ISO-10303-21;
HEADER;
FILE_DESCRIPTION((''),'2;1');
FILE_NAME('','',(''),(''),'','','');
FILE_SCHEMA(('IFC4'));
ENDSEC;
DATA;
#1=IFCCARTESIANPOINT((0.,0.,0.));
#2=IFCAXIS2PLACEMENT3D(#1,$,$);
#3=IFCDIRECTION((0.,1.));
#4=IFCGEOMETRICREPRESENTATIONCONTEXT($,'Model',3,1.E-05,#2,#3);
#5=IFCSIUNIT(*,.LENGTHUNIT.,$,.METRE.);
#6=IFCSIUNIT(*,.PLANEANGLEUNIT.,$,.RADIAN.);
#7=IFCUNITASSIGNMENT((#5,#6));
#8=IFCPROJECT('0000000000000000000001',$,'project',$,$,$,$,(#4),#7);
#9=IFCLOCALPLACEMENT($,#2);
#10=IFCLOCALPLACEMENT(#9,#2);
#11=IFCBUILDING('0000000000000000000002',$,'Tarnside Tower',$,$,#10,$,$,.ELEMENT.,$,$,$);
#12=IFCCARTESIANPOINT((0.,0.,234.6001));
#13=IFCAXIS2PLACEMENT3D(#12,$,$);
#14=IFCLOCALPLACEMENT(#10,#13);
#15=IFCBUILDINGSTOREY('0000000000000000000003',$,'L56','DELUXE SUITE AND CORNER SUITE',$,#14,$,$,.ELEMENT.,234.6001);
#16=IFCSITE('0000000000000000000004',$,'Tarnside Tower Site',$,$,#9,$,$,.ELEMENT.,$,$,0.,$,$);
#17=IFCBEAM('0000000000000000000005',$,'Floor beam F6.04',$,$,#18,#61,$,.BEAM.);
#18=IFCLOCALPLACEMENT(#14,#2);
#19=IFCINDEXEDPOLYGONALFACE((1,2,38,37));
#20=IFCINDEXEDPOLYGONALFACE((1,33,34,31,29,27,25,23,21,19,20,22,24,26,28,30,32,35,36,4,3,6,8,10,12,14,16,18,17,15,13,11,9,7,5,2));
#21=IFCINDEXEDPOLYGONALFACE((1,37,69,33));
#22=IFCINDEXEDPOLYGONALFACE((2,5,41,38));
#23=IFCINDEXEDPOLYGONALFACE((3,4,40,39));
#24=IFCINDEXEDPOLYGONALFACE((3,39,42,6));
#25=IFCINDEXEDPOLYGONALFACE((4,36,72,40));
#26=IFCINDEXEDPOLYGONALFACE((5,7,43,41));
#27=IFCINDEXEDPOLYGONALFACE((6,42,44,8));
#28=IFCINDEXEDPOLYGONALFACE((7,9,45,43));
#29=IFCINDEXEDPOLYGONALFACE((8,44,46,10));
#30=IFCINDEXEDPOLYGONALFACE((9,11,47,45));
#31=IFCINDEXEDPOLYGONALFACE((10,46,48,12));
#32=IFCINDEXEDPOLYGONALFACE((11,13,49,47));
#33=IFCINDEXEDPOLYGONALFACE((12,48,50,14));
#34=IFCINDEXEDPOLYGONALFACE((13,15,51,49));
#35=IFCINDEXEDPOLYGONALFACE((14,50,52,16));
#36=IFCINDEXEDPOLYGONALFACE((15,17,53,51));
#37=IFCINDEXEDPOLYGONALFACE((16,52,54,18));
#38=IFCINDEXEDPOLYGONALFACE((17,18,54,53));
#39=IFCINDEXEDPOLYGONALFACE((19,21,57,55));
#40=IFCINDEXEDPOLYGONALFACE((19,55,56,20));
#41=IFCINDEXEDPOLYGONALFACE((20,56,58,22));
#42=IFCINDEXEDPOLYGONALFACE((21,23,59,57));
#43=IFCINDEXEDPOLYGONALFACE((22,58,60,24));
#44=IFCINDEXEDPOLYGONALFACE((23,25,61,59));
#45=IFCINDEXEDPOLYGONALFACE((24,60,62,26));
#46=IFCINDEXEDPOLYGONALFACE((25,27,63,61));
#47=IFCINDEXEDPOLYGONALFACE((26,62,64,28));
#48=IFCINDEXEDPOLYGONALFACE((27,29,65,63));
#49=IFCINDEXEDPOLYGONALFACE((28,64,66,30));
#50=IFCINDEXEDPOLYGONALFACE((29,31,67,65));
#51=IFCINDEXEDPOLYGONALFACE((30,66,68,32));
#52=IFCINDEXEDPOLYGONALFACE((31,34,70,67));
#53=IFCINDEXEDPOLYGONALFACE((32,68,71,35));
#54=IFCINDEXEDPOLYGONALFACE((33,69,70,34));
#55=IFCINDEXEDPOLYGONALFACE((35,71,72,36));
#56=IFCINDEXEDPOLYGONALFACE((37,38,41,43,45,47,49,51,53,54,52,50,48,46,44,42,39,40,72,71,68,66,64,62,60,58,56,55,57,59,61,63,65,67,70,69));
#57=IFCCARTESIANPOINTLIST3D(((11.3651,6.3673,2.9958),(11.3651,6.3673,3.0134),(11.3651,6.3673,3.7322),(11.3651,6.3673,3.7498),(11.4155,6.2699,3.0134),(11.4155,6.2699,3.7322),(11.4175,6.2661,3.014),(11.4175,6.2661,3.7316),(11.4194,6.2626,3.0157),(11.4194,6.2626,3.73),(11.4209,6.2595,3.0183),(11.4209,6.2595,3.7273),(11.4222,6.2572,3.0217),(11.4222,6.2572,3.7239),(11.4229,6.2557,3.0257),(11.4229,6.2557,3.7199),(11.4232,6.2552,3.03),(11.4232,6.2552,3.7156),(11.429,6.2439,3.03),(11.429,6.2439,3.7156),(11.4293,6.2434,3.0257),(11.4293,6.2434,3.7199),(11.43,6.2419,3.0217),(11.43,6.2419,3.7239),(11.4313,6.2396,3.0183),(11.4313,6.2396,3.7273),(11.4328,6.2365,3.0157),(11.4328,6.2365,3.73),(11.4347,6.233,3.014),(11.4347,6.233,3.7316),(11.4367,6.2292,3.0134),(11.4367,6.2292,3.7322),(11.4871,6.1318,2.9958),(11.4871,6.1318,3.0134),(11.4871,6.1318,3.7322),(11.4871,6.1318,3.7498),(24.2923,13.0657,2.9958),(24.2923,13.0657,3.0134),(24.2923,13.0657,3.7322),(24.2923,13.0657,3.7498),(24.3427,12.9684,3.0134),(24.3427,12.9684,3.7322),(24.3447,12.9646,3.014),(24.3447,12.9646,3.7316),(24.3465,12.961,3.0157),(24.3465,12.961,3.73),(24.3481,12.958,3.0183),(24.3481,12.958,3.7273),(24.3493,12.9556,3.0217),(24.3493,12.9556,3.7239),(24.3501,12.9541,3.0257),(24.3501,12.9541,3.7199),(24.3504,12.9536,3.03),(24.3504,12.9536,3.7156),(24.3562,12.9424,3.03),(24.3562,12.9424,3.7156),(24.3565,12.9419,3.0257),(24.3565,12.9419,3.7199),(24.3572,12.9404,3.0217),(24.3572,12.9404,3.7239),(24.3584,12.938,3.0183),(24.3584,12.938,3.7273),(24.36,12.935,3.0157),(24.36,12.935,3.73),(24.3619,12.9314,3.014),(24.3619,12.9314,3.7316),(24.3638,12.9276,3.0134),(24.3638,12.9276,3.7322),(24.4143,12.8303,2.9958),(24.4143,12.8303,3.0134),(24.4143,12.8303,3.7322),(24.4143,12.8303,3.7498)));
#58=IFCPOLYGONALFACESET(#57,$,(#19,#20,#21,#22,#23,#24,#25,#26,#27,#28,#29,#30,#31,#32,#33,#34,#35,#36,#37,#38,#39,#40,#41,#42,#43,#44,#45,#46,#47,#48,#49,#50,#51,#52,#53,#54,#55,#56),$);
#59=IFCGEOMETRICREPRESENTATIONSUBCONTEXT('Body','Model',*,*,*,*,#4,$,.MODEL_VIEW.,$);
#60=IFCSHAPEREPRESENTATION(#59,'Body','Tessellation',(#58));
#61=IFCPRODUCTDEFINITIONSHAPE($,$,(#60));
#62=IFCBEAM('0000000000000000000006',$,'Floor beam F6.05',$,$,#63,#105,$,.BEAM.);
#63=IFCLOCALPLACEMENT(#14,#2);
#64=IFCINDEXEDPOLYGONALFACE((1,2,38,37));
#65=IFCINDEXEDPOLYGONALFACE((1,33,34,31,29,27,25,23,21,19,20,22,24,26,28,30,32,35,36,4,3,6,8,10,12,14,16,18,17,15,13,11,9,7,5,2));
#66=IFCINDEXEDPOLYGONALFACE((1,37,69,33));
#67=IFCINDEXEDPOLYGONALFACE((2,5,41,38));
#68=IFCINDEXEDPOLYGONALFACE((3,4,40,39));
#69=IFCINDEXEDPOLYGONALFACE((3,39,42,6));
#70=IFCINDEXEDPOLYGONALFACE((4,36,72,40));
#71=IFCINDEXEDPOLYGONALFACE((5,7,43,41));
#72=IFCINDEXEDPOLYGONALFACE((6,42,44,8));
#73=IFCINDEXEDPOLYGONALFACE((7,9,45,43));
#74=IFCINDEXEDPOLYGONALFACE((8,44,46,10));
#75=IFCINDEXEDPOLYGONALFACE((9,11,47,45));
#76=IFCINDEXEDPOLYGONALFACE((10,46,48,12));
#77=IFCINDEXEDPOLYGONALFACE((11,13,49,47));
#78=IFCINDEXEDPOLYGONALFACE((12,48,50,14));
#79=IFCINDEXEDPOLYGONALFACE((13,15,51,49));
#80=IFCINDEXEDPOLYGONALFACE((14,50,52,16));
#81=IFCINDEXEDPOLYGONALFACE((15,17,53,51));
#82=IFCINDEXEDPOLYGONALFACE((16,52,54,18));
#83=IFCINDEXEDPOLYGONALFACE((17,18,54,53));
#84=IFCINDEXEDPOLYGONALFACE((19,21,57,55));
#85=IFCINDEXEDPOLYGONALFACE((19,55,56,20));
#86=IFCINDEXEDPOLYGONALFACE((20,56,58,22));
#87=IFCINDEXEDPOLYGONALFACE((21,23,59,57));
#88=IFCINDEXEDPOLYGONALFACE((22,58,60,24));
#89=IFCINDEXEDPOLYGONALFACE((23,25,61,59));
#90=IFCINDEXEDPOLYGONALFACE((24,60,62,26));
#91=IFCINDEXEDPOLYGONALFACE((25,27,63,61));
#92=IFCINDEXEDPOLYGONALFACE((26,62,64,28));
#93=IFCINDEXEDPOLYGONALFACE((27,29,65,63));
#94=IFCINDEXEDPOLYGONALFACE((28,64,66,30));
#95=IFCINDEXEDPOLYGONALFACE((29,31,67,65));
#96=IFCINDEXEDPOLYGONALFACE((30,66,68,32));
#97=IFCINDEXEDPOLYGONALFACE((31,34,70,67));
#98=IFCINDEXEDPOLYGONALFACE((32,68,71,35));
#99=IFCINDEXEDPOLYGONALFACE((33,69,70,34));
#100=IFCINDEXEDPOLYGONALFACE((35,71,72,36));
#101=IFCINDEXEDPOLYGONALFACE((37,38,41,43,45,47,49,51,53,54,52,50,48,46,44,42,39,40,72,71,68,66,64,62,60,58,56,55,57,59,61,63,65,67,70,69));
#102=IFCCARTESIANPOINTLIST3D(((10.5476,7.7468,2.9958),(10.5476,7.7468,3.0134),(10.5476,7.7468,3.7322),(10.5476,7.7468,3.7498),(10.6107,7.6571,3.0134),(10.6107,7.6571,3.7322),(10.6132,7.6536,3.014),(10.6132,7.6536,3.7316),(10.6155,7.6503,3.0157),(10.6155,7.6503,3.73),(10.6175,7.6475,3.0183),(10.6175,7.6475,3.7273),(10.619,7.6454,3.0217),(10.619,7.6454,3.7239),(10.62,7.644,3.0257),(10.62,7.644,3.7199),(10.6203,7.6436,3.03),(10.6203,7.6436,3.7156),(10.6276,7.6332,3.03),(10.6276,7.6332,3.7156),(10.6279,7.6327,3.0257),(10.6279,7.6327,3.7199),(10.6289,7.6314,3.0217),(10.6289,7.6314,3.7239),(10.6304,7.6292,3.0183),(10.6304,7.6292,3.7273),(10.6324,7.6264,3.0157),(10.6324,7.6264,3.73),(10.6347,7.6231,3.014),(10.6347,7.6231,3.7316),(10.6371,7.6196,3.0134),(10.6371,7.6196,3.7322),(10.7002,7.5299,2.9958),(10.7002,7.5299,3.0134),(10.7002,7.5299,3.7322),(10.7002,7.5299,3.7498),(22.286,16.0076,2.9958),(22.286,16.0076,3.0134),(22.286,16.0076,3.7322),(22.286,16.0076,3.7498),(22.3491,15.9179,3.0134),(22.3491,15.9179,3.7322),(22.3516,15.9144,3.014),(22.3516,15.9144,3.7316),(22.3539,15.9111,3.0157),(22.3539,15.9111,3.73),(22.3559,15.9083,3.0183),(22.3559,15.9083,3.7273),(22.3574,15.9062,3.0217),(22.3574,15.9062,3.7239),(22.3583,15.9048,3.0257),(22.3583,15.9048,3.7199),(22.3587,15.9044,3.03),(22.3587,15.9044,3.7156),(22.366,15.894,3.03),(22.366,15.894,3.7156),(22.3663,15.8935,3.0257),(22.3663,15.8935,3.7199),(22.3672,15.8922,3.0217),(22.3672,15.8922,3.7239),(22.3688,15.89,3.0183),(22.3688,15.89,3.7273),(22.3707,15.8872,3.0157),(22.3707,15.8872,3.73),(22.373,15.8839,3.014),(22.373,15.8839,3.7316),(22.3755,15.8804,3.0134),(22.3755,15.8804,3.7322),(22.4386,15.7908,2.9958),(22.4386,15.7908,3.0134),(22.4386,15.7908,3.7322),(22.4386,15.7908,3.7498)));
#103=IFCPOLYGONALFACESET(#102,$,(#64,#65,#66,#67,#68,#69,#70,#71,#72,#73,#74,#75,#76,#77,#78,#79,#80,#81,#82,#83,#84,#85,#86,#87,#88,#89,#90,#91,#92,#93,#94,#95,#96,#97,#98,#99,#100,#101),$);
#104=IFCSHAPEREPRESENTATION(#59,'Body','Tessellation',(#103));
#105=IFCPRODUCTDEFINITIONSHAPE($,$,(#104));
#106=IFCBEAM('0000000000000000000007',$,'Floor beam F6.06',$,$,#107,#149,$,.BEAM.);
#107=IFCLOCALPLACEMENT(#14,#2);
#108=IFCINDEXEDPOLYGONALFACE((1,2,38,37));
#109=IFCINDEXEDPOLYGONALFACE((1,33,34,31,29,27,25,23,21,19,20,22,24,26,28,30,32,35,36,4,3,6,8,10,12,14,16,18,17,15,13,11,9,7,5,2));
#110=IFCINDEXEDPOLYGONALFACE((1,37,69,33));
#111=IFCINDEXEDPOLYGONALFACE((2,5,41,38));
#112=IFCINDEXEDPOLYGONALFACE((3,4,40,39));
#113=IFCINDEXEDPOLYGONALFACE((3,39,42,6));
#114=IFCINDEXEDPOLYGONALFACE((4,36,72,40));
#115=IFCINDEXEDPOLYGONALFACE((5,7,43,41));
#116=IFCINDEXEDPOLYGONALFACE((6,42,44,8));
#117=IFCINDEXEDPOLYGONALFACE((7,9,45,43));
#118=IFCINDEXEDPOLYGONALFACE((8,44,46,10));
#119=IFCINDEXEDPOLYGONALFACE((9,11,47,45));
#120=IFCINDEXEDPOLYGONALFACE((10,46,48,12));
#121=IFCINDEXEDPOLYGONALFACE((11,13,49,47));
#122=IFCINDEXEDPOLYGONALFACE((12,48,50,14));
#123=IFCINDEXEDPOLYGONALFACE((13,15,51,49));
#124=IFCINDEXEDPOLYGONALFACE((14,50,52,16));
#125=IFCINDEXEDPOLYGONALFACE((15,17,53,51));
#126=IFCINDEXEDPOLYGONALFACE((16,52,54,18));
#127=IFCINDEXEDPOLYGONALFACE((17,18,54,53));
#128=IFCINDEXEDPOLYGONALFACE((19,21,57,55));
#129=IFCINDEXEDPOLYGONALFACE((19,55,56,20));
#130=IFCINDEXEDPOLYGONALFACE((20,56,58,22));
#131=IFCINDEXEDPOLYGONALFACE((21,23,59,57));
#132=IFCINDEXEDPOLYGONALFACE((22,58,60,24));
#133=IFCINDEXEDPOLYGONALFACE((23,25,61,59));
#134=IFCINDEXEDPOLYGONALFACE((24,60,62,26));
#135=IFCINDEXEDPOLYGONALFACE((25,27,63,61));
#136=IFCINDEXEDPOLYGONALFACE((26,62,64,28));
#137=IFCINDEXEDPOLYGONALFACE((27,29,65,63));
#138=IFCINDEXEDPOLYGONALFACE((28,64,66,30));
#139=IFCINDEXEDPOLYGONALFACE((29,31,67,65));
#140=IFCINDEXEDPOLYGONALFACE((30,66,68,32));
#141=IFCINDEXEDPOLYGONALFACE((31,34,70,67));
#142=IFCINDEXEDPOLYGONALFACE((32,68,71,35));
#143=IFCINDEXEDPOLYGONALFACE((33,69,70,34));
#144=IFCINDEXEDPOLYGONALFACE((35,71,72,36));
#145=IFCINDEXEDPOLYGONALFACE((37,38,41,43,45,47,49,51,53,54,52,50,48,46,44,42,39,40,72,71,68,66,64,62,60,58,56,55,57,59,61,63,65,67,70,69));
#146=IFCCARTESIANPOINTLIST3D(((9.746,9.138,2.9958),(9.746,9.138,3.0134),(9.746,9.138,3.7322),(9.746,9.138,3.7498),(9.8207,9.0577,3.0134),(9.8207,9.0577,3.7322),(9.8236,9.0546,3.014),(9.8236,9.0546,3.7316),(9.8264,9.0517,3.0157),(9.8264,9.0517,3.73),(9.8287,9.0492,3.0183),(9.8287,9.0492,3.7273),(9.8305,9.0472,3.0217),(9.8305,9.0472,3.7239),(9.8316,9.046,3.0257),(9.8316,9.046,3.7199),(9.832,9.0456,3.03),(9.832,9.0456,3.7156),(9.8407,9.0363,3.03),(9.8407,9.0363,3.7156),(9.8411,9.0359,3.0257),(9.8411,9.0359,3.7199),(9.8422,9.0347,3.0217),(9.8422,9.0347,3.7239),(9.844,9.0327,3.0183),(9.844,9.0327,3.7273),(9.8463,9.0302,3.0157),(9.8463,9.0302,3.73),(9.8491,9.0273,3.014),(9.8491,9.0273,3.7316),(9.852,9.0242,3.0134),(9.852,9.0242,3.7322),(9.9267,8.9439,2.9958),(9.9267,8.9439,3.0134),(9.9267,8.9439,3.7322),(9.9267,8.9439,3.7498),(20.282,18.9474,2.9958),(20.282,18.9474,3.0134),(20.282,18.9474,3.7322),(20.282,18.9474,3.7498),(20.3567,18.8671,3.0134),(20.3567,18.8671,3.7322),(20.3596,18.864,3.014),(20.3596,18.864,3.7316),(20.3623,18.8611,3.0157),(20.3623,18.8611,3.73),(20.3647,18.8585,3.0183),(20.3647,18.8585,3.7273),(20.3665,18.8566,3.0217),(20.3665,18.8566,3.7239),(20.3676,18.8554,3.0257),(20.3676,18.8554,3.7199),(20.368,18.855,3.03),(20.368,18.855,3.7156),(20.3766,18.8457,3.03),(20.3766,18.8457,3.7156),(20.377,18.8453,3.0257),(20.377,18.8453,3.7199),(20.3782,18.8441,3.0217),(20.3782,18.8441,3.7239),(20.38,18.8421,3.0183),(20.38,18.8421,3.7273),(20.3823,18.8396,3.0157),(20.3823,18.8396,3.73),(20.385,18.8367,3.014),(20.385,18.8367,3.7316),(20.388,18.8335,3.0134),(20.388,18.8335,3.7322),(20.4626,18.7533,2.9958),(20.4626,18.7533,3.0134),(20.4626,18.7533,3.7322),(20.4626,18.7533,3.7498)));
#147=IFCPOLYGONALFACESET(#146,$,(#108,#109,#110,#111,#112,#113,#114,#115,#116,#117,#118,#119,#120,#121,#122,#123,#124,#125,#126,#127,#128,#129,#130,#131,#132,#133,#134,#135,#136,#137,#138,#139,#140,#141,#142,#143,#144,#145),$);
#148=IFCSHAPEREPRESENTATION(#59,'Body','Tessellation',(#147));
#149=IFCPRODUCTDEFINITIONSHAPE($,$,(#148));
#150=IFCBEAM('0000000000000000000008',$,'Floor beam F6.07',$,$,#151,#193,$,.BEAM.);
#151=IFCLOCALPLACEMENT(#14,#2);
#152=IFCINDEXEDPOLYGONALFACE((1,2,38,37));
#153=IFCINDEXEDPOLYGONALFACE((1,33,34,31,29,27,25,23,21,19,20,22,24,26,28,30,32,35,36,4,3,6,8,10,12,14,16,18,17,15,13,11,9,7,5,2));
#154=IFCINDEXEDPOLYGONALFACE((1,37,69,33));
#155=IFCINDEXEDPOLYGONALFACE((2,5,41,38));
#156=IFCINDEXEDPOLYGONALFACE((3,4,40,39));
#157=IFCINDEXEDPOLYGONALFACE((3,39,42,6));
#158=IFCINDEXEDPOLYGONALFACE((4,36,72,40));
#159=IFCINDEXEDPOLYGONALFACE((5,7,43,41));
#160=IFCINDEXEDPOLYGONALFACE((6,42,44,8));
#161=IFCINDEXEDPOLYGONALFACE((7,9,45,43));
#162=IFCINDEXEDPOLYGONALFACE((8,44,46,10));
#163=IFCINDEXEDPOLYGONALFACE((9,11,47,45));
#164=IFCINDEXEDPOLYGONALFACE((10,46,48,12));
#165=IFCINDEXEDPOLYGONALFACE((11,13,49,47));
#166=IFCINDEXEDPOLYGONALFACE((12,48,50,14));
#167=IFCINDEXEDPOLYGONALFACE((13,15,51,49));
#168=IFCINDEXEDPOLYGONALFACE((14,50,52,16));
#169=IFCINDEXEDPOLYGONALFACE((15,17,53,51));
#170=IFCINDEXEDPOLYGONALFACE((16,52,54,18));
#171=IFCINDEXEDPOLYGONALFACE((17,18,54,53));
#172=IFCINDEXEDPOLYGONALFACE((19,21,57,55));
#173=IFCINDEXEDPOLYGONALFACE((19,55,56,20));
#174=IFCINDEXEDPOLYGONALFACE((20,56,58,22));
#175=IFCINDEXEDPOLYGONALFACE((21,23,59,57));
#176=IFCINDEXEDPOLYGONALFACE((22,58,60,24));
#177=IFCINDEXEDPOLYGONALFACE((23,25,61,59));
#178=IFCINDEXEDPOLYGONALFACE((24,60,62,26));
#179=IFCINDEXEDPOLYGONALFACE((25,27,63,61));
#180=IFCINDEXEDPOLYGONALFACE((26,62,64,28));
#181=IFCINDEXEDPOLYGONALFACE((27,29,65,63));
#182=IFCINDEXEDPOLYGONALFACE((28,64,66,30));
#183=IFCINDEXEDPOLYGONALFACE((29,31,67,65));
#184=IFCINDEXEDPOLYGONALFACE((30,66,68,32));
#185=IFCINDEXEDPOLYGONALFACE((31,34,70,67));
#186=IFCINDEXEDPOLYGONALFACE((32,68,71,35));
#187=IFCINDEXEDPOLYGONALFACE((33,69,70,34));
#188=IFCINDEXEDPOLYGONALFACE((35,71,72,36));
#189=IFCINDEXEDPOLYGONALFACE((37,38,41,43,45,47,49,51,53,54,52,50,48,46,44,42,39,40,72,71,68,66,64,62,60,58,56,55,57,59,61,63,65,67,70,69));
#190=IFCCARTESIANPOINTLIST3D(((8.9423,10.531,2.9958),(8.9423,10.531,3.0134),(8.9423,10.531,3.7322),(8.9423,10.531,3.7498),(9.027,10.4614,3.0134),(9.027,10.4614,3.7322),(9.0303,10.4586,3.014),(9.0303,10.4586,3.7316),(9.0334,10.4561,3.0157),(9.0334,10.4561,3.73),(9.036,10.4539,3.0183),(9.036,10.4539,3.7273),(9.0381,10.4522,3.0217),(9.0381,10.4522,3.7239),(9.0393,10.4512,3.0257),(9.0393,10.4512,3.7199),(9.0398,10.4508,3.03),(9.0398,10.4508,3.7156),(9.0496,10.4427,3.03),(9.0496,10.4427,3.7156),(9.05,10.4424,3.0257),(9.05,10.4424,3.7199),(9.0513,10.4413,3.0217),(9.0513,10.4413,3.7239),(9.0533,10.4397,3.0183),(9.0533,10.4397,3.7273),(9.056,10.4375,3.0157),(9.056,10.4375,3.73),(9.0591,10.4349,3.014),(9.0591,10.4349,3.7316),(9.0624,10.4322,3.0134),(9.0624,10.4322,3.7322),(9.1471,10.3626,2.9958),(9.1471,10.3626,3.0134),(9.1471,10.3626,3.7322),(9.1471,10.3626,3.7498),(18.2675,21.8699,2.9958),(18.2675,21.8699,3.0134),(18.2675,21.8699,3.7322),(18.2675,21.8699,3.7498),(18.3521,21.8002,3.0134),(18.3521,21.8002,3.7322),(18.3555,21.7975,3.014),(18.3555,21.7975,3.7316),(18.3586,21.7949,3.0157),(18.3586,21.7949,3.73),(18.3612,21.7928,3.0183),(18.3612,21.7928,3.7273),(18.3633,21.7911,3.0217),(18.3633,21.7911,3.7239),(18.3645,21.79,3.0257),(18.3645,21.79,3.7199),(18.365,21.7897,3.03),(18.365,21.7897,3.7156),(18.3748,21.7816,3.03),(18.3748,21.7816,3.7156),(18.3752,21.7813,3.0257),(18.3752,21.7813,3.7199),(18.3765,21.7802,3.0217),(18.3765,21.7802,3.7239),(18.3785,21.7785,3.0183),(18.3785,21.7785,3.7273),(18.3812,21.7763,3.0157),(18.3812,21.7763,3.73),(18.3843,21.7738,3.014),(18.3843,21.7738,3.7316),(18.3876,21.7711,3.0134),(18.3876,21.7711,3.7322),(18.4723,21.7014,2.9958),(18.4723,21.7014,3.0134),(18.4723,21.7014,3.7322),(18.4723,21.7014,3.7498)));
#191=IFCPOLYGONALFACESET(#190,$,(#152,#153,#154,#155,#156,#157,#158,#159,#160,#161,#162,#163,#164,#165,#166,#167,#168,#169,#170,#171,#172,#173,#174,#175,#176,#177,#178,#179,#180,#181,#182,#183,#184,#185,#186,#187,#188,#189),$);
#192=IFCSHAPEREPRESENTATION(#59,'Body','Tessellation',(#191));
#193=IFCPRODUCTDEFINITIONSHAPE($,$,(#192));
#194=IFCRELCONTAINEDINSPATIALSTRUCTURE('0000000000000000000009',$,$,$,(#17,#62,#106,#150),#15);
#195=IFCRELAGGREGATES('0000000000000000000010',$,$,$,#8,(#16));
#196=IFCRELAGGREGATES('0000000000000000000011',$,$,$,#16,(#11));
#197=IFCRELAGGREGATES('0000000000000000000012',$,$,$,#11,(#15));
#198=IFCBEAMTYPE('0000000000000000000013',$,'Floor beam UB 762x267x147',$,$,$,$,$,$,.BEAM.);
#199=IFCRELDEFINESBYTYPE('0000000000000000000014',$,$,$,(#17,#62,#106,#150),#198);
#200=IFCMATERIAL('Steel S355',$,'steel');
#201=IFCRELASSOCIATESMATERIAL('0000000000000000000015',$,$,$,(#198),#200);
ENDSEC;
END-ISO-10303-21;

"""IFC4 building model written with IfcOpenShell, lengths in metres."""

from ifc_helpers import new_model, si_unit, direction, frame, origin, origin_2d, place, context, subcontext, project, spatial, i_section, extrude, material, material_profile, profile_set, type_object, element, save


model = new_model("IFC4")

# Units and contexts
model_context = context("Model", 3, precision=1e-05, world=origin(), true_north=direction((0.0, 1.0)))
body_context = subcontext(model_context, "Body", "Model", "MODEL_VIEW")
ifc_project = project(units=[si_unit("LENGTHUNIT", "METRE"), si_unit("PLANEANGLEUNIT", "RADIAN")], contexts=[model_context])

# Site, building, storey
site_placement = place(None, origin())
site = spatial("IfcSite", under=ifc_project, at=site_placement, Name="Tarnside Tower Site", CompositionType="ELEMENT", RefElevation=0.0)
building_placement = place(site_placement, origin())
building = spatial("IfcBuilding", under=site, at=building_placement, Name="Tarnside Tower", CompositionType="ELEMENT")
storey_placement = place(building_placement, frame((0.0, 0.0, 234.6001)))
storey = spatial("IfcBuildingStorey", under=building, at=storey_placement, Name="L56", Description="DELUXE SUITE AND CORNER SUITE", CompositionType="ELEMENT", Elevation=234.6001)

# Beams
ifc_material_1 = material(Name="Steel S355", Category="steel")
ifc_material_profile_1 = material_profile(ifc_material_1, i_section(OverallWidth=0.2651, OverallDepth=0.7539, WebThickness=0.0127, FlangeThickness=0.0176, FilletRadius=0.0166, at=origin_2d()), Name="UB 762x267x147")
ifc_profile_set_1 = profile_set([ifc_material_profile_1], Name="Steel S355")
beam_type_1 = type_object("IfcBeamType", Name="Floor beam UB 762x267x147", PredefinedType="BEAM", material=ifc_profile_set_1)
beam_1_placement = place(storey_placement, frame((24.3533, 12.948, 3.3728), z_axis=(-0.887882, -0.460072, 0.0), x_axis=(0.460072, -0.887882, 0.0)))
element("IfcBeam", 1, at=beam_1_placement, inside=storey, type_object=beam_type_1, Name="Floor beam F6.04", PredefinedType="BEAM", context=body_context, shape_type="SweptSolid", body=[
    extrude(i_section(OverallWidth=0.2651, OverallDepth=0.7539, WebThickness=0.0127, FlangeThickness=0.0176, FilletRadius=0.0166, at=origin_2d()), origin(), (0.0, 0.0, 1.0), 14.5596),
])
beam_2_placement = place(storey_placement, frame((22.3623, 15.8992, 3.3728), z_axis=(-0.817791, -0.575515, 0.0), x_axis=(0.575515, -0.817791, 0.0)))
element("IfcBeam", 2, at=beam_2_placement, inside=storey, type_object=beam_type_1, Name="Floor beam F6.05", PredefinedType="BEAM", context=body_context, shape_type="SweptSolid", body=[
    extrude(i_section(OverallWidth=0.2651, OverallDepth=0.7539, WebThickness=0.0127, FlangeThickness=0.0176, FilletRadius=0.0166, at=origin_2d()), origin(), (0.0, 0.0, 1.0), 14.3538),
])
beam_3_placement = place(storey_placement, frame((20.3723, 18.8503, 3.3728), z_axis=(-0.731892, -0.68142, 0.0), x_axis=(0.68142, -0.731892, 0.0)))
element("IfcBeam", 3, at=beam_3_placement, inside=storey, type_object=beam_type_1, Name="Floor beam F6.06", PredefinedType="BEAM", context=body_context, shape_type="SweptSolid", body=[
    extrude(i_section(OverallWidth=0.2651, OverallDepth=0.7539, WebThickness=0.0127, FlangeThickness=0.0176, FilletRadius=0.0166, at=origin_2d()), origin(), (0.0, 0.0, 1.0), 14.3955),
])
beam_4_placement = place(storey_placement, frame((18.3699, 21.7856, 3.3728), z_axis=(-0.635192, -0.772354, 0.0), x_axis=(0.772354, -0.635192, 0.0)))
element("IfcBeam", 4, at=beam_4_placement, inside=storey, type_object=beam_type_1, Name="Floor beam F6.07", PredefinedType="BEAM", context=body_context, shape_type="SweptSolid", body=[
    extrude(i_section(OverallWidth=0.2651, OverallDepth=0.7539, WebThickness=0.0127, FlangeThickness=0.0176, FilletRadius=0.0166, at=origin_2d()), origin(), (0.0, 0.0, 1.0), 14.6809),
])

save(model, "model.ifc")
